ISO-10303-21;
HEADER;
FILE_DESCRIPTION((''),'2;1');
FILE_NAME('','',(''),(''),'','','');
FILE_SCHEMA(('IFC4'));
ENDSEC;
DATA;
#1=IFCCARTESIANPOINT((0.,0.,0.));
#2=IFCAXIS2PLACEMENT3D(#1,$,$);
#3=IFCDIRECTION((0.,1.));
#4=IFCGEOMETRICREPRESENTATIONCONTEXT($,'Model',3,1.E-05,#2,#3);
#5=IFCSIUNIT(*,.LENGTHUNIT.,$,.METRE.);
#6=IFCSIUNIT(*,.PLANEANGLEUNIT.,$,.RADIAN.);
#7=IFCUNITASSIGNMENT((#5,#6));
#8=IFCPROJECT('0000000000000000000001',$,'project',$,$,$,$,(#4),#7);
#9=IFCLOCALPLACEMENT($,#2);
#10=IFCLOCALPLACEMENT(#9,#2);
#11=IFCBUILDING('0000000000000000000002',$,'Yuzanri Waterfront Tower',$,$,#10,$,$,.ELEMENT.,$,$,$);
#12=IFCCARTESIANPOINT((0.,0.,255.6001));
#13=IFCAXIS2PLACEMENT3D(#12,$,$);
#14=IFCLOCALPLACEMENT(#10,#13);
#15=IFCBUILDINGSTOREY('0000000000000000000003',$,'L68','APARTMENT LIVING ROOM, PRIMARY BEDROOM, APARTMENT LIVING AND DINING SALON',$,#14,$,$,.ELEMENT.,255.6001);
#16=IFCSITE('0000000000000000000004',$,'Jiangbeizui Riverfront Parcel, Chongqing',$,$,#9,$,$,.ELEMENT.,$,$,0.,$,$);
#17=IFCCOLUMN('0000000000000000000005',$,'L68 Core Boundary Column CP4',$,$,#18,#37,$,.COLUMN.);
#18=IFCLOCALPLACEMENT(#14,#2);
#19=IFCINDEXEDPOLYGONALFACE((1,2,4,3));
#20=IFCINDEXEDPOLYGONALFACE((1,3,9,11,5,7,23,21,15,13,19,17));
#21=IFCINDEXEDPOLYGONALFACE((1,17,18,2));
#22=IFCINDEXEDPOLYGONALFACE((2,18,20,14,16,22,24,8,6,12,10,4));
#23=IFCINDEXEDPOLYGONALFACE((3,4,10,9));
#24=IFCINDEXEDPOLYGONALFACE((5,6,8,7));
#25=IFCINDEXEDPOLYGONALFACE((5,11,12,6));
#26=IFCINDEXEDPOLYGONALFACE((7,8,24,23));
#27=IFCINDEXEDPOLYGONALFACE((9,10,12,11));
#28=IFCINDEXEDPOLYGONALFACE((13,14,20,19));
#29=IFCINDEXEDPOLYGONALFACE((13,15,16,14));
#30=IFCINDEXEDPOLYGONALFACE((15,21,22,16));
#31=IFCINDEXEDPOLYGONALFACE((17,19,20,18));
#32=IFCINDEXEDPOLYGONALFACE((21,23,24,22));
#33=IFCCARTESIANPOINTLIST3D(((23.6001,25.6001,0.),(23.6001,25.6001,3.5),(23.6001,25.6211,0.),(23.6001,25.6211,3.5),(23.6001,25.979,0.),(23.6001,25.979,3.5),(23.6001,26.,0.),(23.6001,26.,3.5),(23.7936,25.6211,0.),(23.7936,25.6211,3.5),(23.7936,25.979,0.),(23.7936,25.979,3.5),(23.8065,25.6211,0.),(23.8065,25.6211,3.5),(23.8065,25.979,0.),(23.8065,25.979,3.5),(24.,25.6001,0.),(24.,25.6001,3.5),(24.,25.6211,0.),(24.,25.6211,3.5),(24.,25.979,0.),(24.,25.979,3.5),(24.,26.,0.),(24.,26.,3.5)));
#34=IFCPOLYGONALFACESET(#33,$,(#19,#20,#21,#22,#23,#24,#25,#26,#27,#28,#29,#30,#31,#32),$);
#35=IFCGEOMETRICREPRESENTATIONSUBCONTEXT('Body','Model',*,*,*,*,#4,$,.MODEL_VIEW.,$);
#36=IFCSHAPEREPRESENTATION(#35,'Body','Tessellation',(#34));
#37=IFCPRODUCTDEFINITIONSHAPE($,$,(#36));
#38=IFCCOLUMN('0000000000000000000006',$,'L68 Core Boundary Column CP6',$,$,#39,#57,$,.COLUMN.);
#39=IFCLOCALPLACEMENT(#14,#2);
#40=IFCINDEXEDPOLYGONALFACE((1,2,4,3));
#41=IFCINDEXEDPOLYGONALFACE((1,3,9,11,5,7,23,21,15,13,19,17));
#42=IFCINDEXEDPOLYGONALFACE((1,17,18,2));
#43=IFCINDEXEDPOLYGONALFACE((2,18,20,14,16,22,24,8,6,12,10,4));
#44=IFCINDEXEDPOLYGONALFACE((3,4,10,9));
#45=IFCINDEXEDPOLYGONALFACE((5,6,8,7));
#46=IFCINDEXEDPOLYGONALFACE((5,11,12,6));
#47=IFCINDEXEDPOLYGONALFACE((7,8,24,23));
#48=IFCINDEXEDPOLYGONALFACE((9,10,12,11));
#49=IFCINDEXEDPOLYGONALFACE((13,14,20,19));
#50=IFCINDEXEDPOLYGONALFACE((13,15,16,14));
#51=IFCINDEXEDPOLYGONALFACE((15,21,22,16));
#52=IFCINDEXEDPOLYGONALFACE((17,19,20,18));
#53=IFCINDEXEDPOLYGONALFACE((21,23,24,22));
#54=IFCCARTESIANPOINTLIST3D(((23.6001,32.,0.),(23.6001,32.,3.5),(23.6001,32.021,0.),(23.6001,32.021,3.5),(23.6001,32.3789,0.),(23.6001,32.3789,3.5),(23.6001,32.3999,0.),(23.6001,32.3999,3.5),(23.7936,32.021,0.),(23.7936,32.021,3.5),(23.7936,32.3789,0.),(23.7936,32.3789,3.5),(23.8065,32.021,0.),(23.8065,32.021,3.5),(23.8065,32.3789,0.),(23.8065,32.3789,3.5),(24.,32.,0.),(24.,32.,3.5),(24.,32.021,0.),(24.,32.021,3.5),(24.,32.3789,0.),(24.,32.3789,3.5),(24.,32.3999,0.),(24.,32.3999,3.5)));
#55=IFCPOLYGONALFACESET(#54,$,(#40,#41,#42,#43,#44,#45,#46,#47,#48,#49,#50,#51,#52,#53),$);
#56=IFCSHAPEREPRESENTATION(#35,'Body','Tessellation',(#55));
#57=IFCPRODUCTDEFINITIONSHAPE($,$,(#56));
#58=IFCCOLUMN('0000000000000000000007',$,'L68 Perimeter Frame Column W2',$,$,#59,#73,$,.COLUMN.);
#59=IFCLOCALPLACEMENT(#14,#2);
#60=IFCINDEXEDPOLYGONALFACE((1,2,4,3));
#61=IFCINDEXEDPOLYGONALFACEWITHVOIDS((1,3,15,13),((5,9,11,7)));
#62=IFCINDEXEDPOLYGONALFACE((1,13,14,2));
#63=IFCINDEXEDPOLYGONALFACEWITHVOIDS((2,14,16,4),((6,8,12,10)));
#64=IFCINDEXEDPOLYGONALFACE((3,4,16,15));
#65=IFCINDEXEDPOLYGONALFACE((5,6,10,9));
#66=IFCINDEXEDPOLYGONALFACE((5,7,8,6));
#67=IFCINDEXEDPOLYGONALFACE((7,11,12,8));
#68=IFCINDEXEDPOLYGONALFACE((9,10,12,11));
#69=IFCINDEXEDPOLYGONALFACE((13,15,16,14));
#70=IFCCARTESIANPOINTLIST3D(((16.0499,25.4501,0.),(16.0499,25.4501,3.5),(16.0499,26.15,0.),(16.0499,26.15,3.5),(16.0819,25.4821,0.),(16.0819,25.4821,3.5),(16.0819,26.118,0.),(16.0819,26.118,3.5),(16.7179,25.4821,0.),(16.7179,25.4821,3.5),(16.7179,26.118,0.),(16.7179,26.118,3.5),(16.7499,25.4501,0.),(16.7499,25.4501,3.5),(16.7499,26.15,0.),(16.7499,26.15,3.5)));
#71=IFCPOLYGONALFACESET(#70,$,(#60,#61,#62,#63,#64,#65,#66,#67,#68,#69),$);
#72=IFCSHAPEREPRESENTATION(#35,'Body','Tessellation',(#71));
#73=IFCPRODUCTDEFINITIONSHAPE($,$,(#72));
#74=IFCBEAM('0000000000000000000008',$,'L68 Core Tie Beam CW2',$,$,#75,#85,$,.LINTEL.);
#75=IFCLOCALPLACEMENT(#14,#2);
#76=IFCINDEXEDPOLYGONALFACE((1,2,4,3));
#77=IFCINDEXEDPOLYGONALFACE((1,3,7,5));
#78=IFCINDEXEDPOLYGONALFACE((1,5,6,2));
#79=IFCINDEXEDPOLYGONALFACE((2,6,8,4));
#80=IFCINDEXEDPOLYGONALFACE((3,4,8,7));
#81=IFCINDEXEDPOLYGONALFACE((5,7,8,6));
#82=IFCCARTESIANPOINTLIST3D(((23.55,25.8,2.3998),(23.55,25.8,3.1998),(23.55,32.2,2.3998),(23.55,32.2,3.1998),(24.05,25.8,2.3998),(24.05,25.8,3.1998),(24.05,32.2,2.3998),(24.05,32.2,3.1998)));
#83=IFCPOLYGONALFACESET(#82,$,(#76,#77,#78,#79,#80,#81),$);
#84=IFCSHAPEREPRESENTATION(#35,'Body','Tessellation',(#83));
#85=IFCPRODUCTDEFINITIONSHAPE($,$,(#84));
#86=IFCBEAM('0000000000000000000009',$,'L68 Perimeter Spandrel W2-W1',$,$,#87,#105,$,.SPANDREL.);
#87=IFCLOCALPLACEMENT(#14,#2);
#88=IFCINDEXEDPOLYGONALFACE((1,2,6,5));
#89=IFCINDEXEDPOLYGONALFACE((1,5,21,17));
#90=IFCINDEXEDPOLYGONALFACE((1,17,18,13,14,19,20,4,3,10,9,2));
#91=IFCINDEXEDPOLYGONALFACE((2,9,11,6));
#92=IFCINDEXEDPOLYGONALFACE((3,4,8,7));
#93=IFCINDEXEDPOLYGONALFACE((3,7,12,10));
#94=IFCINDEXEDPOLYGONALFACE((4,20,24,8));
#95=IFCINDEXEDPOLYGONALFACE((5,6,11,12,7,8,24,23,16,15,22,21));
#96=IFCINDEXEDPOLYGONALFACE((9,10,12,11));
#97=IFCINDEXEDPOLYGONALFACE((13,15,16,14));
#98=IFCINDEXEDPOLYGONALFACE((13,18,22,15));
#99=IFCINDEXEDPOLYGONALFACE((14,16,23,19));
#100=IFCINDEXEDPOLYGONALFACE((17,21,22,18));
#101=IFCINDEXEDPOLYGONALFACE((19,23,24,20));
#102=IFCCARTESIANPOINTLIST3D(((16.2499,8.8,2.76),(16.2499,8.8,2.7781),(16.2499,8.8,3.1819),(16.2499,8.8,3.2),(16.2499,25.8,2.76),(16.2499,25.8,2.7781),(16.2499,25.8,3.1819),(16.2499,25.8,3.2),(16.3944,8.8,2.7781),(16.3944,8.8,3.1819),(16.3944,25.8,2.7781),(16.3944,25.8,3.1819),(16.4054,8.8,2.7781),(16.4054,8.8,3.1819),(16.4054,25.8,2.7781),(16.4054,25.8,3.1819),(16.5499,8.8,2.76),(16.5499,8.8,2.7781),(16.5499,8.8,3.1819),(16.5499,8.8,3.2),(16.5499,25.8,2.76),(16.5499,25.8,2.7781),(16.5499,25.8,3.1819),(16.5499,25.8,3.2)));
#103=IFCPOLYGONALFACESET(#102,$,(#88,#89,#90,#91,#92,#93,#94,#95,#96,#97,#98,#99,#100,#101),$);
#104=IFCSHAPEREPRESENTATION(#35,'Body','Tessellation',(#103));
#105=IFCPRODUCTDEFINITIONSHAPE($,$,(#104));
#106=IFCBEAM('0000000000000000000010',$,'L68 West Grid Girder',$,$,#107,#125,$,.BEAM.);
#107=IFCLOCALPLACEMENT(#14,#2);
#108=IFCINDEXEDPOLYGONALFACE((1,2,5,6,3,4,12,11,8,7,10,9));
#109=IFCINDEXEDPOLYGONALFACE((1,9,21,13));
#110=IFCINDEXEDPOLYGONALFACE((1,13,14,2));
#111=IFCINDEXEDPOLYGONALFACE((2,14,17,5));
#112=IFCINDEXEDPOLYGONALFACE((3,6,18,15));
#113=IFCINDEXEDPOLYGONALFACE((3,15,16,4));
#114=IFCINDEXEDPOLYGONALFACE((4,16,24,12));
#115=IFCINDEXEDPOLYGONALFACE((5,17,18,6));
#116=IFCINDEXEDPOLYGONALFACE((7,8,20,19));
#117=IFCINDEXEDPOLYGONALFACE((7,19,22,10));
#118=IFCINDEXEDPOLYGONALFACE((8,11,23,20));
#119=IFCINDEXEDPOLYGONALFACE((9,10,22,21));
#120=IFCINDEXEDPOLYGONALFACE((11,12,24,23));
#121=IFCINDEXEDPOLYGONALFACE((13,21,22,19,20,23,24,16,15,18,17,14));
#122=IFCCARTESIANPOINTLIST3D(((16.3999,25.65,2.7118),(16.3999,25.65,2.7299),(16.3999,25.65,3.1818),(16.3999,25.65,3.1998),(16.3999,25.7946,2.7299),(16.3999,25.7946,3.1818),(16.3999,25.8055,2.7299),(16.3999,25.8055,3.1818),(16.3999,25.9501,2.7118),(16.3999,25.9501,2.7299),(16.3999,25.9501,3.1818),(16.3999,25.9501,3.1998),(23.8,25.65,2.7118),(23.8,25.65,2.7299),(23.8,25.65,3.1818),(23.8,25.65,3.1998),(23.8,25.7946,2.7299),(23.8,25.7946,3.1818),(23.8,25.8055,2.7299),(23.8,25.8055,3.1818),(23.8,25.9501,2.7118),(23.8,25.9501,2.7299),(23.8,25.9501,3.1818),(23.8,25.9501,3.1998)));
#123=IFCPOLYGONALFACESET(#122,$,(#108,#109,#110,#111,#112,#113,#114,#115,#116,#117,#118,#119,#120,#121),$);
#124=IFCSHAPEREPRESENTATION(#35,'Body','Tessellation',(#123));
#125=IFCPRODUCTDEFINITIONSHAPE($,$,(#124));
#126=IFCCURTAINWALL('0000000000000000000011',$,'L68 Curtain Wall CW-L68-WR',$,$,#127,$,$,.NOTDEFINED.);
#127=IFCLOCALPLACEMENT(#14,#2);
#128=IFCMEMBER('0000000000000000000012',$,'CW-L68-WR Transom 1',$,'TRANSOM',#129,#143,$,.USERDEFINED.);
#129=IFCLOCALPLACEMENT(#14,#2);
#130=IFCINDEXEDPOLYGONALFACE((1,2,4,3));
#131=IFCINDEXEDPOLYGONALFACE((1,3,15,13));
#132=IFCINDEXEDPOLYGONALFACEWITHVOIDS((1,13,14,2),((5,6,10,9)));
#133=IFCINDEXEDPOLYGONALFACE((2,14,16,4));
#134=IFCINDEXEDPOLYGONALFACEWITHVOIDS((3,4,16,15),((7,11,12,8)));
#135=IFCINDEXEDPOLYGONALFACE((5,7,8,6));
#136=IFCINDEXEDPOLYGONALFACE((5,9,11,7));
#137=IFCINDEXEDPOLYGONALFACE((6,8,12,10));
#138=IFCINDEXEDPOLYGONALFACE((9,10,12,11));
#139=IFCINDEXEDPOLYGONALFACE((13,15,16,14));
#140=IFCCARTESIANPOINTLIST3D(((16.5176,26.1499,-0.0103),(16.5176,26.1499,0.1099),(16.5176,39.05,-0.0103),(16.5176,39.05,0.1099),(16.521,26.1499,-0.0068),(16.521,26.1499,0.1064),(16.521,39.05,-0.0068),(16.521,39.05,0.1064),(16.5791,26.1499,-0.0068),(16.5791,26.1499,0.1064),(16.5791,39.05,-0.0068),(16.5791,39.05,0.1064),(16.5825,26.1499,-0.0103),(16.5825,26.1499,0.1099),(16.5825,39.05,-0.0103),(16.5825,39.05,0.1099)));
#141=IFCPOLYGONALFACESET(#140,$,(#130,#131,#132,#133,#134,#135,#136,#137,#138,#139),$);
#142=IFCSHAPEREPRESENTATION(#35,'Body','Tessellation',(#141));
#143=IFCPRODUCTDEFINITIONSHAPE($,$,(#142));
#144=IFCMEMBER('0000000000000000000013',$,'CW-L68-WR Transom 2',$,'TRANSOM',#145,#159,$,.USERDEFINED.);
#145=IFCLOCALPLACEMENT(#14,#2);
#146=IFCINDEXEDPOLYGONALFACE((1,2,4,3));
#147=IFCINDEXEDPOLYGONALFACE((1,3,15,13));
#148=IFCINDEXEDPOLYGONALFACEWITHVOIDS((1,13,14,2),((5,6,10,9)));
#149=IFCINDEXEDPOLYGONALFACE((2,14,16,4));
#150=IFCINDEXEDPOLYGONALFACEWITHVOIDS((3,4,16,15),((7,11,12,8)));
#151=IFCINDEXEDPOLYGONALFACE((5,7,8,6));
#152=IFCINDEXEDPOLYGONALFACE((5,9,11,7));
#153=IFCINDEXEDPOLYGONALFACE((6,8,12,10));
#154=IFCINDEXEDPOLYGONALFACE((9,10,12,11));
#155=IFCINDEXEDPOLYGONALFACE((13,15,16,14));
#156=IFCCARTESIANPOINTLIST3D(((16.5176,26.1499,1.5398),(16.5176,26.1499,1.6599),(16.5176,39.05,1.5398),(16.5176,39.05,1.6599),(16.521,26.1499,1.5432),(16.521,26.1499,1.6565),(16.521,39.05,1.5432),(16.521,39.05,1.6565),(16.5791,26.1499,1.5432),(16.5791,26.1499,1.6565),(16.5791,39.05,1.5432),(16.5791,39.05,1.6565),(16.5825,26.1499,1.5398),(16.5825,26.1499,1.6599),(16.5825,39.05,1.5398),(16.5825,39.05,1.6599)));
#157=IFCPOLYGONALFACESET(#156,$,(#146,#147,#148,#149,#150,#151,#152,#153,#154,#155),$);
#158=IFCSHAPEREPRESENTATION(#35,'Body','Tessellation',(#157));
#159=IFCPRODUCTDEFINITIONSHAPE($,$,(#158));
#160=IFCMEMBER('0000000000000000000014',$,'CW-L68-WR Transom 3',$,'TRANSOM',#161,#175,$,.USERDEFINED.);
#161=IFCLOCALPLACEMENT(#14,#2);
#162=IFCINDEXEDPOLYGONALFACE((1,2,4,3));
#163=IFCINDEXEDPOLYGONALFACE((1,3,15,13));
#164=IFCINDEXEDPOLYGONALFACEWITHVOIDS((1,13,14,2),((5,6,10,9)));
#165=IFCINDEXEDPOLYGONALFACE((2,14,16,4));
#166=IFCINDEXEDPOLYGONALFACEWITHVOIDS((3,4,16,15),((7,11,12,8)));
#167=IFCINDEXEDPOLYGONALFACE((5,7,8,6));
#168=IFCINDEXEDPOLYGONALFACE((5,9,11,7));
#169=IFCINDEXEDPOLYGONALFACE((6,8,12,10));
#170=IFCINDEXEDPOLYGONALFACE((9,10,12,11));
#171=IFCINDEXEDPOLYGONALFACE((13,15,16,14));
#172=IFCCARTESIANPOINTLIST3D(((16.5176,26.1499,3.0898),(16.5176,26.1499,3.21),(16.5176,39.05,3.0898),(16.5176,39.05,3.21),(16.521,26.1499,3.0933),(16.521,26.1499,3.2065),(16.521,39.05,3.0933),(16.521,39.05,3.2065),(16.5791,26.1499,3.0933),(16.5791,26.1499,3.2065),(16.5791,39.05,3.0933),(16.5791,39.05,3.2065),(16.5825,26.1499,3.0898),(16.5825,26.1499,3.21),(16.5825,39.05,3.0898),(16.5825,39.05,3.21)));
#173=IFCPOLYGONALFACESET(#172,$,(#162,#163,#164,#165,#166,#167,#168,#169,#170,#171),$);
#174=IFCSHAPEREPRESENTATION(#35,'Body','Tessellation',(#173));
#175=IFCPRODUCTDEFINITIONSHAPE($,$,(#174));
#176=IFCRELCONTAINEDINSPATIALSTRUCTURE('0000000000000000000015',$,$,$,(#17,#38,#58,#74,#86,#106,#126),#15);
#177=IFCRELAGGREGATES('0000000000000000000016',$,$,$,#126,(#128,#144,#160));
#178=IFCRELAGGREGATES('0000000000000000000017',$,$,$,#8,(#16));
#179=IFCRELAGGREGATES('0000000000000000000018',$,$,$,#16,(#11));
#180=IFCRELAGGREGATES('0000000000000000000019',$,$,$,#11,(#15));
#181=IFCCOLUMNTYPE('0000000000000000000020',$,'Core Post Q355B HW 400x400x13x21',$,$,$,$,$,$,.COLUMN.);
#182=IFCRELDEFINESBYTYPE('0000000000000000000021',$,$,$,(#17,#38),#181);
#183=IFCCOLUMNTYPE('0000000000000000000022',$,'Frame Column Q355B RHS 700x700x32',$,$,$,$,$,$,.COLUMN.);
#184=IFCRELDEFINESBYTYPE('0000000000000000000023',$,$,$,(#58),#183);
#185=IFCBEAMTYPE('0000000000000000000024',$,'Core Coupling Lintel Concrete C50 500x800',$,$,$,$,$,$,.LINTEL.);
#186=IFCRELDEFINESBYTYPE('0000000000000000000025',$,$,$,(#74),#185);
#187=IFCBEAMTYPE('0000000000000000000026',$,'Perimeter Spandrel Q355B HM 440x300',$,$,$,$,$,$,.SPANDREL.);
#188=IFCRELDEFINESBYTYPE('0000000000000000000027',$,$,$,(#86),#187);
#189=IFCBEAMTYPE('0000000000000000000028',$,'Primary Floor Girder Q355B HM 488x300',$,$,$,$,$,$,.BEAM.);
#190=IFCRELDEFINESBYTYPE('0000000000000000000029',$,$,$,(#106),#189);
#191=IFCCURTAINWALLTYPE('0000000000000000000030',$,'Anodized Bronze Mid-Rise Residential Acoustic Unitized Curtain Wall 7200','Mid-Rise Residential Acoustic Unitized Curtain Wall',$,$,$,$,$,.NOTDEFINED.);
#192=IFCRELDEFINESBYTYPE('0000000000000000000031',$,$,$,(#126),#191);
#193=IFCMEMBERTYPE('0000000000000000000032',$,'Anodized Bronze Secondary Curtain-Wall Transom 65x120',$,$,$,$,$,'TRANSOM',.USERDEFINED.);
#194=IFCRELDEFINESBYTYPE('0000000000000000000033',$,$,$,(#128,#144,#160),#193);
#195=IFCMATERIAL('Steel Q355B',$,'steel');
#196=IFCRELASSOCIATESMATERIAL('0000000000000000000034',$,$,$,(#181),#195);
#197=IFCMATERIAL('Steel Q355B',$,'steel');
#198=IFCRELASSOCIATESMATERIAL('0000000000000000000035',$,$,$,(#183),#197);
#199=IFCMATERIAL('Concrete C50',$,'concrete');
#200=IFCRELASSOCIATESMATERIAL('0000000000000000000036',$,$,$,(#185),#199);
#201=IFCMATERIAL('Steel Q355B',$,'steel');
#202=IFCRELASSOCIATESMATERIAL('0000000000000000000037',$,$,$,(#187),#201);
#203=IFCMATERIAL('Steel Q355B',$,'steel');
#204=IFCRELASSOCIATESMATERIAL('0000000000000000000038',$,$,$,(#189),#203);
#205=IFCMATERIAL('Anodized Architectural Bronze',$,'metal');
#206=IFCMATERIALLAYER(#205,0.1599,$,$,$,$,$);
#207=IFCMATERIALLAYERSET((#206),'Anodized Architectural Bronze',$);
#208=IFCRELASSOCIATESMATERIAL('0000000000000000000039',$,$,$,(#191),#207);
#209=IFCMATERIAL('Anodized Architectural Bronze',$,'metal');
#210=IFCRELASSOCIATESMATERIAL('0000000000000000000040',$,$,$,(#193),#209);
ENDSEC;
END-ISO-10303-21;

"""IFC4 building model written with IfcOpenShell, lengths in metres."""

from ifc_helpers import new_model, si_unit, direction, frame, origin, origin_2d, place, context, subcontext, project, spatial, rectangle, hollow_rectangle, i_section, extrude, source, transform, mapped, material, layer, layer_set, material_profile, profile_set, type_object, element, aggregate, save


model = new_model("IFC4")

# Units and contexts
model_context = context("Model", 3, precision=1e-05, world=origin(), true_north=direction((0.0, 1.0)))
body_context = subcontext(model_context, "Body", "Model", "MODEL_VIEW")
ifc_project = project(units=[si_unit("LENGTHUNIT", "METRE"), si_unit("PLANEANGLEUNIT", "RADIAN")], contexts=[model_context])

# Site, building, storey
site_placement = place(None, origin())
site = spatial("IfcSite", under=ifc_project, at=site_placement, Name="Jiangbeizui Riverfront Parcel, Chongqing", CompositionType="ELEMENT", RefElevation=0.0)
building_placement = place(site_placement, origin())
building = spatial("IfcBuilding", under=site, at=building_placement, Name="Yuzanri Waterfront Tower", CompositionType="ELEMENT")
storey_placement = place(building_placement, frame((0.0, 0.0, 255.6001)))
storey = spatial("IfcBuildingStorey", under=building, at=storey_placement, Name="L68", Description="APARTMENT LIVING ROOM, PRIMARY BEDROOM, APARTMENT LIVING AND DINING SALON", CompositionType="ELEMENT", Elevation=255.6001)

# Columns
ifc_material_1 = material(Name="Steel Q355B", Category="steel")
ifc_material_profile_1 = material_profile(ifc_material_1, i_section(OverallWidth=0.3999, OverallDepth=0.3999, WebThickness=0.0129, FlangeThickness=0.021, at=origin_2d()), Name="HW 400x400x13x21")
ifc_profile_set_1 = profile_set([ifc_material_profile_1], Name="Steel Q355B")
column_type_1 = type_object("IfcColumnType", Name="Core Post Q355B HW 400x400x13x21", PredefinedType="COLUMN", material=ifc_profile_set_1)
shared_shape_1 = source(origin(), body_context, "Body", "SweptSolid", [
    extrude(i_section(OverallWidth=0.3999, OverallDepth=0.3999, WebThickness=0.0129, FlangeThickness=0.021, at=origin_2d()), origin(), (0.0, 0.0, 1.0), 3.5),
])
for number, where, z_axis, x_axis, name in (
    (1, (23.8, 25.8, 0.0), (0.0, 0.0, 1.0), (1.0, 0.0, 0.0), "L68 Core Boundary Column CP4"),
    (2, (23.8, 32.2, 0.0), (0.0, 0.0, 1.0), (1.0, 0.0, 0.0), "L68 Core Boundary Column CP6"),
):
    element("IfcColumn", number, at=place(storey_placement, frame(where, z_axis=z_axis, x_axis=x_axis)), inside=storey, type_object=column_type_1, Name=name, PredefinedType="COLUMN", context=body_context, shape_type="MappedRepresentation", body=[
        mapped(shared_shape_1, transform((0.0, 0.0, 0.0), scale=1.0)),
    ])
ifc_material_2 = material(Name="Steel Q355B", Category="steel")
ifc_material_profile_2 = material_profile(ifc_material_2, hollow_rectangle(XDim=0.7, YDim=0.7, WallThickness=0.032, at=origin_2d()), Name="RHS 700x700x32")
ifc_profile_set_2 = profile_set([ifc_material_profile_2], Name="Steel Q355B")
column_type_2 = type_object("IfcColumnType", Name="Frame Column Q355B RHS 700x700x32", PredefinedType="COLUMN", material=ifc_profile_set_2)
shared_shape_2 = source(origin(), body_context, "Body", "SweptSolid", [
    extrude(hollow_rectangle(XDim=0.7, YDim=0.7, WallThickness=0.032, at=origin_2d()), origin(), (0.0, 0.0, 1.0), 3.5),
])
column_placement = place(storey_placement, frame((16.3999, 25.8, 0.0), z_axis=(0.0, 0.0, 1.0), x_axis=(1.0, 0.0, 0.0)))
element("IfcColumn", 3, at=column_placement, inside=storey, type_object=column_type_2, Name="L68 Perimeter Frame Column W2", PredefinedType="COLUMN", context=body_context, shape_type="MappedRepresentation", body=[
    mapped(shared_shape_2, transform((0.0, 0.0, 0.0), scale=1.0)),
])

# Beams
ifc_material_3 = material(Name="Concrete C50", Category="concrete")
ifc_material_profile_3 = material_profile(ifc_material_3, rectangle(XDim=0.5, YDim=0.8, at=origin_2d()), Name="RC 500x800")
ifc_profile_set_3 = profile_set([ifc_material_profile_3], Name="Concrete C50")
beam_type_1 = type_object("IfcBeamType", Name="Core Coupling Lintel Concrete C50 500x800", PredefinedType="LINTEL", material=ifc_profile_set_3)
shared_shape_3 = source(origin(), body_context, "Body", "SweptSolid", [
    extrude(rectangle(XDim=0.5, YDim=0.8, at=origin_2d()), origin(), (0.0, 0.0, 1.0), 6.3999),
])
beam_1_placement = place(storey_placement, frame((23.8, 25.8, 2.7998), z_axis=(0.0, 1.0, 0.0), x_axis=(-1.0, 0.0, 0.0)))
element("IfcBeam", 4, at=beam_1_placement, inside=storey, type_object=beam_type_1, Name="L68 Core Tie Beam CW2", PredefinedType="LINTEL", context=body_context, shape_type="MappedRepresentation", body=[
    mapped(shared_shape_3, transform((0.0, 0.0, 0.0), scale=1.0)),
])
ifc_material_4 = material(Name="Steel Q355B", Category="steel")
ifc_material_profile_4 = material_profile(ifc_material_4, i_section(OverallWidth=0.3, OverallDepth=0.4399, WebThickness=0.011, FlangeThickness=0.0181, at=origin_2d()), Name="HM 440x300x11x18")
ifc_profile_set_4 = profile_set([ifc_material_profile_4], Name="Steel Q355B")
beam_type_2 = type_object("IfcBeamType", Name="Perimeter Spandrel Q355B HM 440x300", PredefinedType="SPANDREL", material=ifc_profile_set_4)
shared_shape_4 = source(origin(), body_context, "Body", "SweptSolid", [
    extrude(i_section(OverallWidth=0.3, OverallDepth=0.4399, WebThickness=0.011, FlangeThickness=0.0181, at=origin_2d()), origin(), (0.0, 0.0, 1.0), 17.0),
])
beam_2_placement = place(storey_placement, frame((16.3999, 25.8, 2.98), z_axis=(0.0, -1.0, 0.0), x_axis=(1.0, 0.0, 0.0)))
element("IfcBeam", 5, at=beam_2_placement, inside=storey, type_object=beam_type_2, Name="L68 Perimeter Spandrel W2-W1", PredefinedType="SPANDREL", context=body_context, shape_type="MappedRepresentation", body=[
    mapped(shared_shape_4, transform((0.0, 0.0, 0.0), scale=1.0)),
])
ifc_material_5 = material(Name="Steel Q355B", Category="steel")
ifc_material_profile_5 = material_profile(ifc_material_5, i_section(OverallWidth=0.3, OverallDepth=0.488, WebThickness=0.011, FlangeThickness=0.0181, at=origin_2d()), Name="HM 488x300x11x18")
ifc_profile_set_5 = profile_set([ifc_material_profile_5], Name="Steel Q355B")
beam_type_3 = type_object("IfcBeamType", Name="Primary Floor Girder Q355B HM 488x300", PredefinedType="BEAM", material=ifc_profile_set_5)
shared_shape_5 = source(origin(), body_context, "Body", "SweptSolid", [
    extrude(i_section(OverallWidth=0.3, OverallDepth=0.488, WebThickness=0.011, FlangeThickness=0.0181, at=origin_2d()), origin(), (0.0, 0.0, 1.0), 7.4001),
])
beam_3_placement = place(storey_placement, frame((23.8, 25.8, 2.9558), z_axis=(-1.0, 0.0, 0.0), x_axis=(0.0, -1.0, 0.0)))
element("IfcBeam", 6, at=beam_3_placement, inside=storey, type_object=beam_type_3, Name="L68 West Grid Girder", PredefinedType="BEAM", context=body_context, shape_type="MappedRepresentation", body=[
    mapped(shared_shape_5, transform((0.0, 0.0, 0.0), scale=1.0)),
])

# Curtain wall, members
ifc_material_6 = material(Name="Anodized Architectural Bronze", Category="metal")
ifc_layer_1 = layer(ifc_material_6, 0.1599)
ifc_layer_set_1 = layer_set([ifc_layer_1], Name="Anodized Architectural Bronze")
curtain_wall_type = type_object("IfcCurtainWallType", Name="Anodized Bronze Mid-Rise Residential Acoustic Unitized Curtain Wall 7200", Description="Mid-Rise Residential Acoustic Unitized Curtain Wall", PredefinedType="NOTDEFINED", material=ifc_layer_set_1)
curtain_wall_1_placement = place(storey_placement, origin())
curtain_wall_1 = element("IfcCurtainWall", 7, at=curtain_wall_1_placement, inside=storey, type_object=curtain_wall_type, Name="L68 Curtain Wall CW-L68-WR", PredefinedType="NOTDEFINED")
ifc_material_7 = material(Name="Anodized Architectural Bronze", Category="metal")
ifc_material_profile_6 = material_profile(ifc_material_7, hollow_rectangle(XDim=0.0649, YDim=0.1201, WallThickness=0.0034, at=origin_2d()), Name="CWT 65x120")
ifc_profile_set_6 = profile_set([ifc_material_profile_6], Name="Anodized Architectural Bronze")
member_type_1 = type_object("IfcMemberType", Name="Anodized Bronze Secondary Curtain-Wall Transom 65x120", ElementType="TRANSOM", PredefinedType="USERDEFINED", material=ifc_profile_set_6)
shared_shape_6 = source(origin(), body_context, "Body", "SweptSolid", [
    extrude(hollow_rectangle(XDim=0.0649, YDim=0.1201, WallThickness=0.0034, at=origin_2d()), origin(), (0.0, 0.0, 1.0), 12.9001),
])
member_1_placement = place(storey_placement, frame((16.55, 26.1499, 0.0498), z_axis=(0.0, 1.0, 0.0), x_axis=(-1.0, 0.0, 0.0)))
member_1 = element("IfcMember", 8, at=member_1_placement, type_object=member_type_1, Name="CW-L68-WR Transom 1", ObjectType="TRANSOM", PredefinedType="USERDEFINED", context=body_context, shape_type="MappedRepresentation", body=[
    mapped(shared_shape_6, transform((0.0, 0.0, 0.0), scale=1.0)),
])
member_2_placement = place(storey_placement, frame((16.55, 26.1499, 1.5999), z_axis=(0.0, 1.0, 0.0), x_axis=(-1.0, 0.0, 0.0)))
member_2 = element("IfcMember", 9, at=member_2_placement, type_object=member_type_1, Name="CW-L68-WR Transom 2", ObjectType="TRANSOM", PredefinedType="USERDEFINED", context=body_context, shape_type="MappedRepresentation", body=[
    mapped(shared_shape_6, transform((0.0, 0.0, 0.0), scale=1.0)),
])
member_3_placement = place(storey_placement, frame((16.55, 26.1499, 3.1499), z_axis=(0.0, 1.0, 0.0), x_axis=(-1.0, 0.0, 0.0)))
member_3 = element("IfcMember", 10, at=member_3_placement, type_object=member_type_1, Name="CW-L68-WR Transom 3", ObjectType="TRANSOM", PredefinedType="USERDEFINED", context=body_context, shape_type="MappedRepresentation", body=[
    mapped(shared_shape_6, transform((0.0, 0.0, 0.0), scale=1.0)),
])

aggregate(curtain_wall_1, [member_1, member_2, member_3])

save(model, "model.ifc")
